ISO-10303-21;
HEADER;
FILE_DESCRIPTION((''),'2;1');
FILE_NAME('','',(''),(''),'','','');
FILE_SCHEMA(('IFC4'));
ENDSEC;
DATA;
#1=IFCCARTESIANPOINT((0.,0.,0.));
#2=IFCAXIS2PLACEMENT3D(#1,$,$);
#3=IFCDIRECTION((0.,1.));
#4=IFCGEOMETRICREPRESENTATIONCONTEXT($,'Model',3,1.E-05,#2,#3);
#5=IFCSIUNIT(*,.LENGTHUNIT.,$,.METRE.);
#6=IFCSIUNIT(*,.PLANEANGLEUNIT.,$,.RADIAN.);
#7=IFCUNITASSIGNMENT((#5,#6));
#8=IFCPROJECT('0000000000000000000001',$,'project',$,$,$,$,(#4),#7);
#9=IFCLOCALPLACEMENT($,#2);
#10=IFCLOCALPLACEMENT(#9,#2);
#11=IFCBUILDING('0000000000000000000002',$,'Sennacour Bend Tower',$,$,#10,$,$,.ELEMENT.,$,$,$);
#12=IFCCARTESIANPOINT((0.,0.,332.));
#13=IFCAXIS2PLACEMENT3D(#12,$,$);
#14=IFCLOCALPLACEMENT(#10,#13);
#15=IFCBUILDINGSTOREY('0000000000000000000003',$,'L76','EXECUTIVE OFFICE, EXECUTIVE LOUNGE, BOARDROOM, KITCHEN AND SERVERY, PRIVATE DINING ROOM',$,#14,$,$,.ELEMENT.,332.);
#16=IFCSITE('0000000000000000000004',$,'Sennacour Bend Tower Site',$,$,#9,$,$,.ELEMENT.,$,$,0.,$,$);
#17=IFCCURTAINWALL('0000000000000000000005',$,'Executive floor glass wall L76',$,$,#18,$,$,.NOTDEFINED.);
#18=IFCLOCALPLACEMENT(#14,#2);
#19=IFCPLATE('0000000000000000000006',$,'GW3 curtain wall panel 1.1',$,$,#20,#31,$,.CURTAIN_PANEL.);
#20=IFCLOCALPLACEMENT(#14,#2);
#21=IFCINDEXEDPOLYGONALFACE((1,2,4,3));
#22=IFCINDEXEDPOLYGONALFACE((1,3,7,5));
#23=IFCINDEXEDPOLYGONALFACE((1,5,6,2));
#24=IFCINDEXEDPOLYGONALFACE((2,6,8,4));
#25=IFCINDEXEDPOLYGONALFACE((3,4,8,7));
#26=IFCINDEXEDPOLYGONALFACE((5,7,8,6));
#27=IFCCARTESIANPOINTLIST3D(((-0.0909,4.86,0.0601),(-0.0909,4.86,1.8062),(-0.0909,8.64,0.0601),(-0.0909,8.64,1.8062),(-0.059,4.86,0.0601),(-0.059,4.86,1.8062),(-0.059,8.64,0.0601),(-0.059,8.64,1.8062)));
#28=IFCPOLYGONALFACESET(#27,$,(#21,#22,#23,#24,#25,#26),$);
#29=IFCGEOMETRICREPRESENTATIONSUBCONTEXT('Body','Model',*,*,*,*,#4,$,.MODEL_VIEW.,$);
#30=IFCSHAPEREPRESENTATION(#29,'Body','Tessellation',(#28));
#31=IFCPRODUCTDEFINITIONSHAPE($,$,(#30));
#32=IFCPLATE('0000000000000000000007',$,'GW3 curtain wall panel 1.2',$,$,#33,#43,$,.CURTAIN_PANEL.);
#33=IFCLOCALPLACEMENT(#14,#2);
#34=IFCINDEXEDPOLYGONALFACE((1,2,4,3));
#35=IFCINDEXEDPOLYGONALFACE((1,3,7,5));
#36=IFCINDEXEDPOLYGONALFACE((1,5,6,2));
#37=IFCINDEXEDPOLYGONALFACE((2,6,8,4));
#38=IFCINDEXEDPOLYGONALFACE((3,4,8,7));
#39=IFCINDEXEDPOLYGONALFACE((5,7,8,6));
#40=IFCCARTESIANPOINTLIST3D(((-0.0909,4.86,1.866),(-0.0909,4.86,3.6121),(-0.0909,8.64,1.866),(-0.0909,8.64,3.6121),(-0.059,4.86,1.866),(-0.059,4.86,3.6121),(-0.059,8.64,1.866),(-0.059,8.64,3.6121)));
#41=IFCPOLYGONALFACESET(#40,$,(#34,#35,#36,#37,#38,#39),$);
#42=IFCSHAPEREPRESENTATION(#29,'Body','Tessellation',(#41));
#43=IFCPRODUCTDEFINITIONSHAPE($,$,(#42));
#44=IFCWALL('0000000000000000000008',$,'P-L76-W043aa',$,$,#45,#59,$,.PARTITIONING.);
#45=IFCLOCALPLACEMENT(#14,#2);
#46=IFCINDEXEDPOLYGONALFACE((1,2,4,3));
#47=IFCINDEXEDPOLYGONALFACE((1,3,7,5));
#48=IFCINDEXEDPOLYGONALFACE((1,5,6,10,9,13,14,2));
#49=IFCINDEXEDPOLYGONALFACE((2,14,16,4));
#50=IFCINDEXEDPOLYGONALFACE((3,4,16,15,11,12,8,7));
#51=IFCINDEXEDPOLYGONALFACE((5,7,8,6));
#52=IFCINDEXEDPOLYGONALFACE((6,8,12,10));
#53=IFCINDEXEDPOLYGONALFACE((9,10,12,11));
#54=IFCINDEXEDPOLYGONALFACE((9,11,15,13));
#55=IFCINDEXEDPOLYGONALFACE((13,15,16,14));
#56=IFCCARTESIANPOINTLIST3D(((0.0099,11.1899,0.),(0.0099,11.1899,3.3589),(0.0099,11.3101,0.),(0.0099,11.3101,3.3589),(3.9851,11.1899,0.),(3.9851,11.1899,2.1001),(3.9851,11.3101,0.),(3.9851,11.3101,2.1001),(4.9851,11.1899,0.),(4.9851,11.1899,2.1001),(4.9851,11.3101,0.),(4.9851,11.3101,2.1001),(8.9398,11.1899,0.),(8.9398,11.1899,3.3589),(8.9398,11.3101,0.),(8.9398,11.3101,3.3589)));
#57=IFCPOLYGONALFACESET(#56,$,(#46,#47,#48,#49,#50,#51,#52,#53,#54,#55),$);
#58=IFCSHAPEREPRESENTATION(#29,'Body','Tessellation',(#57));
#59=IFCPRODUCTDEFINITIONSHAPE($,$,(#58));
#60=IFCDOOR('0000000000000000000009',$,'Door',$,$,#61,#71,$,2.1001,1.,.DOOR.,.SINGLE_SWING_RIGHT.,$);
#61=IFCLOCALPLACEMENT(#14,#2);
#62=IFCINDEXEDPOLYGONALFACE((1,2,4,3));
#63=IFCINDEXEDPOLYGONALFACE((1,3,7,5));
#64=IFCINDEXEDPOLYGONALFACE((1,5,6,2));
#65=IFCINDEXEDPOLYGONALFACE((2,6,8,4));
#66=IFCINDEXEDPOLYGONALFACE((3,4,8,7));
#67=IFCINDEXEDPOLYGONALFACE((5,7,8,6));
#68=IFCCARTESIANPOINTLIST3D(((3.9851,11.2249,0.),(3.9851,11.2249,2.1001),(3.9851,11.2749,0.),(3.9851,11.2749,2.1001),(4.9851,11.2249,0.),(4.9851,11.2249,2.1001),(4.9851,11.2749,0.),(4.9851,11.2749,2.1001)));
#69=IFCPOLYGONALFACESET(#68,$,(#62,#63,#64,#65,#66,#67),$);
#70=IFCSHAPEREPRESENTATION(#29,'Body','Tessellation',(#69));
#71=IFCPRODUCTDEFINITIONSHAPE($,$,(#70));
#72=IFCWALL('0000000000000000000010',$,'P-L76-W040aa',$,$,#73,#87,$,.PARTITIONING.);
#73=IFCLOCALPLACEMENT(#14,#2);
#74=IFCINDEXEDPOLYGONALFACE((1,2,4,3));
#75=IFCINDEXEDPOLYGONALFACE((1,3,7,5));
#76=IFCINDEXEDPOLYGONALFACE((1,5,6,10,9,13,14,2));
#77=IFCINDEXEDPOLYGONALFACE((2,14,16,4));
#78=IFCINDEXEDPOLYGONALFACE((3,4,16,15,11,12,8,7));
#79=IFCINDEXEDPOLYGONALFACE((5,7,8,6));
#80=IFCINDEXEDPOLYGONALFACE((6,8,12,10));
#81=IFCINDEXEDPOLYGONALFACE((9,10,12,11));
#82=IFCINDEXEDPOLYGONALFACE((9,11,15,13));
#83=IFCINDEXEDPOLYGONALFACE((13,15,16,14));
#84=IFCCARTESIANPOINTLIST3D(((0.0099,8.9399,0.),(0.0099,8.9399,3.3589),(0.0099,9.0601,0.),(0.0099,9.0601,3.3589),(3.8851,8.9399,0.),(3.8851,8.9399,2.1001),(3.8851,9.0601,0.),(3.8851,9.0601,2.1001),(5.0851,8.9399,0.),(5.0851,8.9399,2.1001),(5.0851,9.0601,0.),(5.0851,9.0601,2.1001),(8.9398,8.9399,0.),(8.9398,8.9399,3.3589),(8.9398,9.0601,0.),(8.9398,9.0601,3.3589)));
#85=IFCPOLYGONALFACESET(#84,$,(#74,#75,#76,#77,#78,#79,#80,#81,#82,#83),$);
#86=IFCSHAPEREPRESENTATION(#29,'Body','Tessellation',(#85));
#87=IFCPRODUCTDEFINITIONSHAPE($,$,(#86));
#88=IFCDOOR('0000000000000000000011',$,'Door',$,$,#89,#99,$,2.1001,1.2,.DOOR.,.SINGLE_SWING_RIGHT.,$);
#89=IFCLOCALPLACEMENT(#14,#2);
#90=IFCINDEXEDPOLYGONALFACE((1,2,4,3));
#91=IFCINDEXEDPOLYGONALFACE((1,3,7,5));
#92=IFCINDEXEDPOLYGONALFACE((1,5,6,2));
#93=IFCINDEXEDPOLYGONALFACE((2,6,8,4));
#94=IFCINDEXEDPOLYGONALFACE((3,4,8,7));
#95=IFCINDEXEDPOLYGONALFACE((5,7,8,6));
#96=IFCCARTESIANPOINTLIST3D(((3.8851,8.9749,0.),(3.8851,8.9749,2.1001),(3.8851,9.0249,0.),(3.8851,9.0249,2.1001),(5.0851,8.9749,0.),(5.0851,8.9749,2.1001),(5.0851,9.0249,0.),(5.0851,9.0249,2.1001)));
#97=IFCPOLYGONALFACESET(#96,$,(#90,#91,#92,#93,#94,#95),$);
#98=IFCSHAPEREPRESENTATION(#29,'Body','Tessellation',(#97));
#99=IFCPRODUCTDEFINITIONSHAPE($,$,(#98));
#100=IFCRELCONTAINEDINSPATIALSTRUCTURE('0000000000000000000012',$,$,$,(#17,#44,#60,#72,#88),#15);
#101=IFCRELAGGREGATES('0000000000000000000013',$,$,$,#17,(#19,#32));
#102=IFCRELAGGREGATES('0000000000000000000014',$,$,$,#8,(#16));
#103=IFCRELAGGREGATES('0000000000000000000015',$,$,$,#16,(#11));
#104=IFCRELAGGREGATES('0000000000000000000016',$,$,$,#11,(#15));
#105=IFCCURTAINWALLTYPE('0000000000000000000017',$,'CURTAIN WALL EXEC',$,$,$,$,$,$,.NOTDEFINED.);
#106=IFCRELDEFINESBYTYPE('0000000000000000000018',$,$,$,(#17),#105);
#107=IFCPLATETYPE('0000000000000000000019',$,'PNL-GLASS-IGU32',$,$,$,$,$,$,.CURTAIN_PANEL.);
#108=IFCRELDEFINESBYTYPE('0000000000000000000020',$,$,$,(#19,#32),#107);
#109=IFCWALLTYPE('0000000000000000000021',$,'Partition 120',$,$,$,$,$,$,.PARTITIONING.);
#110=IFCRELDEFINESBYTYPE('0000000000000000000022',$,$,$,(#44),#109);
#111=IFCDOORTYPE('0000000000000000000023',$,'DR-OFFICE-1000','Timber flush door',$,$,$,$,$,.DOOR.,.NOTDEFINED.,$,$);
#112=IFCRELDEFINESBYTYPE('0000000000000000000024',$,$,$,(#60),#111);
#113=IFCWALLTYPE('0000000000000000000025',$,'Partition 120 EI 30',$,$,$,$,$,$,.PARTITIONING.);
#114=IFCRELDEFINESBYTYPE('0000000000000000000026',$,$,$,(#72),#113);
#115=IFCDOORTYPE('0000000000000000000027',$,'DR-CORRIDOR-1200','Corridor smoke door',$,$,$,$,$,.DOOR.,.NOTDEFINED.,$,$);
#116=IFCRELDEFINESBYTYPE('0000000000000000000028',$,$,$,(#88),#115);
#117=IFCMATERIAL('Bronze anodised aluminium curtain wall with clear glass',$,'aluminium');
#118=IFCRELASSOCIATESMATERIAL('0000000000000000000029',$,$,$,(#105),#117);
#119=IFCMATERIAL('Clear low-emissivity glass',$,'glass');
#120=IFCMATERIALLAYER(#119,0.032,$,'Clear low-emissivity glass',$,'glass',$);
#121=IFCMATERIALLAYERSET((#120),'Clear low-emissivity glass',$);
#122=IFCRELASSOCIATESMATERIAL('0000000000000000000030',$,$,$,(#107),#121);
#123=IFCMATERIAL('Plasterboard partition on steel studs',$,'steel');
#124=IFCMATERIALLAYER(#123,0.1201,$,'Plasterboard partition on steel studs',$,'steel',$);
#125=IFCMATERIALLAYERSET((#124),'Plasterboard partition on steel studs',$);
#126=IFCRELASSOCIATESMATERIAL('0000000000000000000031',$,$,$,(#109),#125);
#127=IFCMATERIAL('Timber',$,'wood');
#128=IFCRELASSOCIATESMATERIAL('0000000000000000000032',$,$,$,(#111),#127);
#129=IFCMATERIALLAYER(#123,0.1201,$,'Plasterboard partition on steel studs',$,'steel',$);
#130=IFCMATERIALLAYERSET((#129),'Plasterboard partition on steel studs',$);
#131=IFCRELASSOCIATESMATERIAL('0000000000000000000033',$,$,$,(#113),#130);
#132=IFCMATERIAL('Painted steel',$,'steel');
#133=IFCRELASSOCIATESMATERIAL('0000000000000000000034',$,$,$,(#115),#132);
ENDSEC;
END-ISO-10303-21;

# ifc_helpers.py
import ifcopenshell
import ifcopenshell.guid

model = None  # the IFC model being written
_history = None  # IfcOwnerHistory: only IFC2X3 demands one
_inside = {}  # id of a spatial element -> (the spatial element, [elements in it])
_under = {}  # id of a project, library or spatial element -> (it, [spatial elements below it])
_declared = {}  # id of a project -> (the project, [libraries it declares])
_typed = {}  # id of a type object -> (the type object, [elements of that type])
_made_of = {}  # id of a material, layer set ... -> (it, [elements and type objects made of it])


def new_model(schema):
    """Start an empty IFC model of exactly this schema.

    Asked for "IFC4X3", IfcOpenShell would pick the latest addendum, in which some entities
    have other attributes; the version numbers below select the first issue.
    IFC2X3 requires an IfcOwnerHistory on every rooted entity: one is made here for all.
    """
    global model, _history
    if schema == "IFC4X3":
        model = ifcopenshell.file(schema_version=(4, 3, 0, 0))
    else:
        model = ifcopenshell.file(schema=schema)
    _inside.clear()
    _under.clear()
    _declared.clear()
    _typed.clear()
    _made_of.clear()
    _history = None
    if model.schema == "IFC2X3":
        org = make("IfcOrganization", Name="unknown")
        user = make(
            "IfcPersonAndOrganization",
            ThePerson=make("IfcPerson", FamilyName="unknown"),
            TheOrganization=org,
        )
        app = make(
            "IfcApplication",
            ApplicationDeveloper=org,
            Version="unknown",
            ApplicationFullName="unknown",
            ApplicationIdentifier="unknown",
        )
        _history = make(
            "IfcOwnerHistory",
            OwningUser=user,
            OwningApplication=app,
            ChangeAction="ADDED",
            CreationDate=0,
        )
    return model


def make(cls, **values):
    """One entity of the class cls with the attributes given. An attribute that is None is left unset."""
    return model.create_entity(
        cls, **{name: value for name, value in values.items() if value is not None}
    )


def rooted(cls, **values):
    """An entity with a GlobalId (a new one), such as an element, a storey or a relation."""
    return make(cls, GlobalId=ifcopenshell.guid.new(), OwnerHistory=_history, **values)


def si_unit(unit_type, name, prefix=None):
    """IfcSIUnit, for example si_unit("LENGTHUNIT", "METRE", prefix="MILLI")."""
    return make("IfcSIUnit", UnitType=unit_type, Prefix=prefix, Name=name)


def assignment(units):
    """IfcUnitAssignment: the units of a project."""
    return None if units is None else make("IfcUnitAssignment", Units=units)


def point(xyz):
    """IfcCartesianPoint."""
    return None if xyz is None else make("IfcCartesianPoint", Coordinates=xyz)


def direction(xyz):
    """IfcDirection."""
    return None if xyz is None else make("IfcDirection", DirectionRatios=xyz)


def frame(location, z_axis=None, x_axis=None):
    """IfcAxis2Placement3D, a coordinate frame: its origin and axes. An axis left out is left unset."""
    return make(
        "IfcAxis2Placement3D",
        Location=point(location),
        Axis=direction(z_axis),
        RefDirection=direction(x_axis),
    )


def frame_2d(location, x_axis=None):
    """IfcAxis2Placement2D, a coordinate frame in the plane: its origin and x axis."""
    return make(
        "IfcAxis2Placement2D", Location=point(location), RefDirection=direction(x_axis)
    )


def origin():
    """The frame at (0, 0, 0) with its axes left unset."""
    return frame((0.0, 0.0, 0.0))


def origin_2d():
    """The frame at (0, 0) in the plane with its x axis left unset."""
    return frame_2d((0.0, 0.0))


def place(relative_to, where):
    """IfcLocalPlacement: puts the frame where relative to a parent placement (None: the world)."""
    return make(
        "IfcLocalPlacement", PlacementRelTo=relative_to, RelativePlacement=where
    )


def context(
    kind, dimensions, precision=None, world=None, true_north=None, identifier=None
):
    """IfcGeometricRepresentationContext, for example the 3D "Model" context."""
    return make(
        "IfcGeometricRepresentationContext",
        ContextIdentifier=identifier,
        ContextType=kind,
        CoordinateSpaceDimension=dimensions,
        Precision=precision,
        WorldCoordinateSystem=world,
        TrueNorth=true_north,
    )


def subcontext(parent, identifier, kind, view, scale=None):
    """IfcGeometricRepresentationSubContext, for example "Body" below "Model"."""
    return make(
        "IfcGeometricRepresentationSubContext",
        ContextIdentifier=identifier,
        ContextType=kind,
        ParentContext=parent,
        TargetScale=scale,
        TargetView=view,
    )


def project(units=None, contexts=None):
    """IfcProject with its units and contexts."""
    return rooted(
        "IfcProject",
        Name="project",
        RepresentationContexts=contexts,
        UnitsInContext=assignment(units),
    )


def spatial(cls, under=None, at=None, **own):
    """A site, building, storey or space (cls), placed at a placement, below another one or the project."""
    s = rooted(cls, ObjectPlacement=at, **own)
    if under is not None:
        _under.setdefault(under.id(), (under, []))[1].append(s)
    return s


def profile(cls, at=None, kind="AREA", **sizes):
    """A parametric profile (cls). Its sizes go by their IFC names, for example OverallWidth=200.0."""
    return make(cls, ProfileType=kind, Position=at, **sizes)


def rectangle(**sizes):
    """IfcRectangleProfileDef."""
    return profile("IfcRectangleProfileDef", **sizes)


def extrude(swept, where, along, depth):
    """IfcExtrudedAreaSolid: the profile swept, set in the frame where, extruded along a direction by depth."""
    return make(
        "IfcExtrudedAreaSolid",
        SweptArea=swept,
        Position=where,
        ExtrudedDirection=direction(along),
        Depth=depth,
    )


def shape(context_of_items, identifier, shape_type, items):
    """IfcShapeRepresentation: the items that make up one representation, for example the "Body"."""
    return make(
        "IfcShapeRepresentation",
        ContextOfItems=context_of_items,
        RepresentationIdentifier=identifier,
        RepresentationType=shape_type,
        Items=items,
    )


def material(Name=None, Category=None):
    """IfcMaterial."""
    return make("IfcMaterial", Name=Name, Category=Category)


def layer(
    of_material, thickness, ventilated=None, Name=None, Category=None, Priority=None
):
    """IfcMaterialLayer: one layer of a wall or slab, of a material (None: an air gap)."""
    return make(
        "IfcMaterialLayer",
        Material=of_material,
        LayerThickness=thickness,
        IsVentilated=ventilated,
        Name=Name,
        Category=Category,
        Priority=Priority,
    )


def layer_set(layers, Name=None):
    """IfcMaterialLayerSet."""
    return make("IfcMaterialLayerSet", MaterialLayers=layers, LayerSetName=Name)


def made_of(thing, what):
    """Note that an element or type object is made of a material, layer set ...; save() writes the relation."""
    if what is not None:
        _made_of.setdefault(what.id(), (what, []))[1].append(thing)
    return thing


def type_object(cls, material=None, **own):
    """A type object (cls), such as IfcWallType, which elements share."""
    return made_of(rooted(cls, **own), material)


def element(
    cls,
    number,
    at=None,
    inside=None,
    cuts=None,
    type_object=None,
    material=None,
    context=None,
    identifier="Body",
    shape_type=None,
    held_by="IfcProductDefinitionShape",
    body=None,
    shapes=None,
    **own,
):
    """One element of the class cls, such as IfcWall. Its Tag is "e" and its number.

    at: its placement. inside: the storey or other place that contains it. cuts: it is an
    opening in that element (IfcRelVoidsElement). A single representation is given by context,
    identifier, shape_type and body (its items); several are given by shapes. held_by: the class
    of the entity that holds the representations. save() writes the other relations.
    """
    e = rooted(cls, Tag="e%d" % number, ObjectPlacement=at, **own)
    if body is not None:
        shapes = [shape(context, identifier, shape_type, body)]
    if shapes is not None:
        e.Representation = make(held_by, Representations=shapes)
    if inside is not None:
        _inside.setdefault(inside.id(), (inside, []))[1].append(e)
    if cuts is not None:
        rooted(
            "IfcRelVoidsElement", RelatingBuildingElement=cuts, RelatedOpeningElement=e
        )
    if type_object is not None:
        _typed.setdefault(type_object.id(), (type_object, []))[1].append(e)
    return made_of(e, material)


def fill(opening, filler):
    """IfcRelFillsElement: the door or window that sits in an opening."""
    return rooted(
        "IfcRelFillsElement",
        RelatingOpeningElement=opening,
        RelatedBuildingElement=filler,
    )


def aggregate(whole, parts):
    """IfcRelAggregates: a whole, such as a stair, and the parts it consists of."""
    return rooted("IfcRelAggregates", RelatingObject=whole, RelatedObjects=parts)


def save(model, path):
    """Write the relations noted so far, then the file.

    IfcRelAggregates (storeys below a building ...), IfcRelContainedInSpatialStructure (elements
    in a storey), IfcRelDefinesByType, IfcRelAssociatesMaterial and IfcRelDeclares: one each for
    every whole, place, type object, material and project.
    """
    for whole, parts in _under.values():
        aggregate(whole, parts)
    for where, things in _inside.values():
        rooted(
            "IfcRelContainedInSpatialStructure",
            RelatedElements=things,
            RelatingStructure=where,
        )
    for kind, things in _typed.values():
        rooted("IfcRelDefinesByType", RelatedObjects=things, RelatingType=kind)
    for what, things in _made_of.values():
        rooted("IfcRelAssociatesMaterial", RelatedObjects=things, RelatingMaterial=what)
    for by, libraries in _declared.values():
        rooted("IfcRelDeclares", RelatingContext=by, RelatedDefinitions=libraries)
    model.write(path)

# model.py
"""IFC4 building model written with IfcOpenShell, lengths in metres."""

from ifc_helpers import new_model, si_unit, direction, frame, frame_2d, origin, origin_2d, place, context, subcontext, project, spatial, rectangle, extrude, material, layer, layer_set, type_object, element, fill, aggregate, save


model = new_model("IFC4")

# Units and contexts
model_context = context("Model", 3, precision=1e-05, world=origin(), true_north=direction((0.0, 1.0)))
body_context = subcontext(model_context, "Body", "Model", "MODEL_VIEW")
ifc_project = project(units=[si_unit("LENGTHUNIT", "METRE"), si_unit("PLANEANGLEUNIT", "RADIAN")], contexts=[model_context])

# Site, building, storey
site_placement = place(None, origin())
site = spatial("IfcSite", under=ifc_project, at=site_placement, Name="Sennacour Bend Tower Site", CompositionType="ELEMENT", RefElevation=0.0)
building_placement = place(site_placement, origin())
building = spatial("IfcBuilding", under=site, at=building_placement, Name="Sennacour Bend Tower", CompositionType="ELEMENT")
storey_placement = place(building_placement, frame((0.0, 0.0, 332.0)))
storey = spatial("IfcBuildingStorey", under=building, at=storey_placement, Name="L76", Description="EXECUTIVE OFFICE, EXECUTIVE LOUNGE, BOARDROOM, KITCHEN AND SERVERY, PRIVATE DINING ROOM", CompositionType="ELEMENT", Elevation=332.0)

# Shared definitions
ifc_material_1 = material(Name="Bronze anodised aluminium curtain wall with clear glass", Category="aluminium")
curtain_wall_type = type_object("IfcCurtainWallType", Name="CURTAIN WALL EXEC", PredefinedType="NOTDEFINED", material=ifc_material_1)

# Curtain wall
curtain_wall_1_placement = place(storey_placement, origin())
curtain_wall_1 = element("IfcCurtainWall", 1, at=curtain_wall_1_placement, inside=storey, type_object=curtain_wall_type, Name="Executive floor glass wall L76", PredefinedType="NOTDEFINED")

# Plates
ifc_material_2 = material(Name="Clear low-emissivity glass", Category="glass")
ifc_layer_1 = layer(ifc_material_2, 0.032, Name="Clear low-emissivity glass", Category="glass")
ifc_layer_set_1 = layer_set([ifc_layer_1], Name="Clear low-emissivity glass")
plate_type = type_object("IfcPlateType", Name="PNL-GLASS-IGU32", PredefinedType="CURTAIN_PANEL", material=ifc_layer_set_1)
plate_1_placement = place(storey_placement, frame((-0.075, 6.75, 0.0601), z_axis=(0.0, 0.0, 1.0), x_axis=(0.0, -1.0, 0.0)))
plate_1 = element("IfcPlate", 2, at=plate_1_placement, type_object=plate_type, Name="GW3 curtain wall panel 1.1", PredefinedType="CURTAIN_PANEL", context=body_context, shape_type="SweptSolid", body=[
    extrude(rectangle(XDim=3.78, YDim=0.032, at=origin_2d()), origin(), (0.0, 0.0, 1.0), 1.7461),
])
plate_2_placement = place(storey_placement, frame((-0.075, 6.75, 1.866), z_axis=(0.0, 0.0, 1.0), x_axis=(0.0, -1.0, 0.0)))
plate_2 = element("IfcPlate", 3, at=plate_2_placement, type_object=plate_type, Name="GW3 curtain wall panel 1.2", PredefinedType="CURTAIN_PANEL", context=body_context, shape_type="SweptSolid", body=[
    extrude(rectangle(XDim=3.78, YDim=0.032, at=origin_2d()), origin(), (0.0, 0.0, 1.0), 1.7461),
])
aggregate(curtain_wall_1, [plate_1, plate_2])

# Walls, openings, doors
ifc_material_3 = material(Name="Plasterboard partition on steel studs", Category="steel")
ifc_layer_2 = layer(ifc_material_3, 0.1201, Name="Plasterboard partition on steel studs", Category="steel")
ifc_layer_set_2 = layer_set([ifc_layer_2], Name="Plasterboard partition on steel studs")
wall_type_1 = type_object("IfcWallType", Name="Partition 120", PredefinedType="PARTITIONING", material=ifc_layer_set_2)
wall_1_placement = place(storey_placement, frame((0.01, 11.25, 0.0), z_axis=(0.0, 0.0, 1.0), x_axis=(1.0, 0.0, 0.0)))
wall_1 = element("IfcWall", 4, at=wall_1_placement, inside=storey, type_object=wall_type_1, Name="P-L76-W043aa", PredefinedType="PARTITIONING", context=body_context, shape_type="SweptSolid", body=[
    extrude(rectangle(XDim=8.9299, YDim=0.1201, at=frame_2d((4.4648, 0.0))), origin(), (0.0, 0.0, 1.0), 3.3589),
])
opening_1_placement = place(wall_1_placement, frame((3.9751, 0.0, 0.0)))
opening_1 = element("IfcOpeningElement", 5, at=opening_1_placement, cuts=wall_1, PredefinedType="OPENING", context=body_context, shape_type="SweptSolid", body=[
    extrude(rectangle(XDim=1.0, YDim=2.1001, at=frame_2d((0.5, 1.05))), frame((0.0, 0.0701, 0.0), z_axis=(0.0, -1.0, 0.0), x_axis=(1.0, 0.0, 0.0)), (0.0, 0.0, 1.0), 0.1401),
])
ifc_material_4 = material(Name="Timber", Category="wood")
door_type_1 = type_object("IfcDoorType", Name="DR-OFFICE-1000", Description="Timber flush door", OperationType="NOTDEFINED", PredefinedType="DOOR", material=ifc_material_4)
door_1_placement = place(opening_1_placement, origin())
door_1 = element("IfcDoor", 6, at=door_1_placement, inside=storey, type_object=door_type_1, Name="Door", OperationType="SINGLE_SWING_RIGHT", OverallHeight=2.1001, OverallWidth=1.0, PredefinedType="DOOR", context=body_context, shape_type="SweptSolid", body=[
    extrude(rectangle(XDim=1.0, YDim=2.1001, at=frame_2d((0.5, 1.05))), frame((0.0, 0.0249, 0.0), z_axis=(0.0, -1.0, 0.0), x_axis=(1.0, 0.0, 0.0)), (0.0, 0.0, 1.0), 0.05),
])
fill(opening_1, door_1)
ifc_layer_3 = layer(ifc_material_3, 0.1201, Name="Plasterboard partition on steel studs", Category="steel")
ifc_layer_set_3 = layer_set([ifc_layer_3], Name="Plasterboard partition on steel studs")
wall_type_2 = type_object("IfcWallType", Name="Partition 120 EI 30", PredefinedType="PARTITIONING", material=ifc_layer_set_3)
wall_2_placement = place(storey_placement, frame((0.01, 9.0, 0.0), z_axis=(0.0, 0.0, 1.0), x_axis=(1.0, 0.0, 0.0)))
wall_2 = element("IfcWall", 7, at=wall_2_placement, inside=storey, type_object=wall_type_2, Name="P-L76-W040aa", PredefinedType="PARTITIONING", context=body_context, shape_type="SweptSolid", body=[
    extrude(rectangle(XDim=8.9299, YDim=0.1201, at=frame_2d((4.4648, 0.0))), origin(), (0.0, 0.0, 1.0), 3.3589),
])
opening_2_placement = place(wall_2_placement, frame((3.875, 0.0, 0.0)))
opening_2 = element("IfcOpeningElement", 8, at=opening_2_placement, cuts=wall_2, PredefinedType="OPENING", context=body_context, shape_type="SweptSolid", body=[
    extrude(rectangle(XDim=1.2, YDim=2.1001, at=frame_2d((0.6001, 1.05))), frame((0.0, 0.0701, 0.0), z_axis=(0.0, -1.0, 0.0), x_axis=(1.0, 0.0, 0.0)), (0.0, 0.0, 1.0), 0.1401),
])
ifc_material_5 = material(Name="Painted steel", Category="steel")
door_type_2 = type_object("IfcDoorType", Name="DR-CORRIDOR-1200", Description="Corridor smoke door", OperationType="NOTDEFINED", PredefinedType="DOOR", material=ifc_material_5)
door_2_placement = place(opening_2_placement, origin())
door_2 = element("IfcDoor", 9, at=door_2_placement, inside=storey, type_object=door_type_2, Name="Door", OperationType="SINGLE_SWING_RIGHT", OverallHeight=2.1001, OverallWidth=1.2, PredefinedType="DOOR", context=body_context, shape_type="SweptSolid", body=[
    extrude(rectangle(XDim=1.2, YDim=2.1001, at=frame_2d((0.6001, 1.05))), frame((0.0, 0.0249, 0.0), z_axis=(0.0, -1.0, 0.0), x_axis=(1.0, 0.0, 0.0)), (0.0, 0.0, 1.0), 0.05),
])
fill(opening_2, door_2)

save(model, "model.ifc")
